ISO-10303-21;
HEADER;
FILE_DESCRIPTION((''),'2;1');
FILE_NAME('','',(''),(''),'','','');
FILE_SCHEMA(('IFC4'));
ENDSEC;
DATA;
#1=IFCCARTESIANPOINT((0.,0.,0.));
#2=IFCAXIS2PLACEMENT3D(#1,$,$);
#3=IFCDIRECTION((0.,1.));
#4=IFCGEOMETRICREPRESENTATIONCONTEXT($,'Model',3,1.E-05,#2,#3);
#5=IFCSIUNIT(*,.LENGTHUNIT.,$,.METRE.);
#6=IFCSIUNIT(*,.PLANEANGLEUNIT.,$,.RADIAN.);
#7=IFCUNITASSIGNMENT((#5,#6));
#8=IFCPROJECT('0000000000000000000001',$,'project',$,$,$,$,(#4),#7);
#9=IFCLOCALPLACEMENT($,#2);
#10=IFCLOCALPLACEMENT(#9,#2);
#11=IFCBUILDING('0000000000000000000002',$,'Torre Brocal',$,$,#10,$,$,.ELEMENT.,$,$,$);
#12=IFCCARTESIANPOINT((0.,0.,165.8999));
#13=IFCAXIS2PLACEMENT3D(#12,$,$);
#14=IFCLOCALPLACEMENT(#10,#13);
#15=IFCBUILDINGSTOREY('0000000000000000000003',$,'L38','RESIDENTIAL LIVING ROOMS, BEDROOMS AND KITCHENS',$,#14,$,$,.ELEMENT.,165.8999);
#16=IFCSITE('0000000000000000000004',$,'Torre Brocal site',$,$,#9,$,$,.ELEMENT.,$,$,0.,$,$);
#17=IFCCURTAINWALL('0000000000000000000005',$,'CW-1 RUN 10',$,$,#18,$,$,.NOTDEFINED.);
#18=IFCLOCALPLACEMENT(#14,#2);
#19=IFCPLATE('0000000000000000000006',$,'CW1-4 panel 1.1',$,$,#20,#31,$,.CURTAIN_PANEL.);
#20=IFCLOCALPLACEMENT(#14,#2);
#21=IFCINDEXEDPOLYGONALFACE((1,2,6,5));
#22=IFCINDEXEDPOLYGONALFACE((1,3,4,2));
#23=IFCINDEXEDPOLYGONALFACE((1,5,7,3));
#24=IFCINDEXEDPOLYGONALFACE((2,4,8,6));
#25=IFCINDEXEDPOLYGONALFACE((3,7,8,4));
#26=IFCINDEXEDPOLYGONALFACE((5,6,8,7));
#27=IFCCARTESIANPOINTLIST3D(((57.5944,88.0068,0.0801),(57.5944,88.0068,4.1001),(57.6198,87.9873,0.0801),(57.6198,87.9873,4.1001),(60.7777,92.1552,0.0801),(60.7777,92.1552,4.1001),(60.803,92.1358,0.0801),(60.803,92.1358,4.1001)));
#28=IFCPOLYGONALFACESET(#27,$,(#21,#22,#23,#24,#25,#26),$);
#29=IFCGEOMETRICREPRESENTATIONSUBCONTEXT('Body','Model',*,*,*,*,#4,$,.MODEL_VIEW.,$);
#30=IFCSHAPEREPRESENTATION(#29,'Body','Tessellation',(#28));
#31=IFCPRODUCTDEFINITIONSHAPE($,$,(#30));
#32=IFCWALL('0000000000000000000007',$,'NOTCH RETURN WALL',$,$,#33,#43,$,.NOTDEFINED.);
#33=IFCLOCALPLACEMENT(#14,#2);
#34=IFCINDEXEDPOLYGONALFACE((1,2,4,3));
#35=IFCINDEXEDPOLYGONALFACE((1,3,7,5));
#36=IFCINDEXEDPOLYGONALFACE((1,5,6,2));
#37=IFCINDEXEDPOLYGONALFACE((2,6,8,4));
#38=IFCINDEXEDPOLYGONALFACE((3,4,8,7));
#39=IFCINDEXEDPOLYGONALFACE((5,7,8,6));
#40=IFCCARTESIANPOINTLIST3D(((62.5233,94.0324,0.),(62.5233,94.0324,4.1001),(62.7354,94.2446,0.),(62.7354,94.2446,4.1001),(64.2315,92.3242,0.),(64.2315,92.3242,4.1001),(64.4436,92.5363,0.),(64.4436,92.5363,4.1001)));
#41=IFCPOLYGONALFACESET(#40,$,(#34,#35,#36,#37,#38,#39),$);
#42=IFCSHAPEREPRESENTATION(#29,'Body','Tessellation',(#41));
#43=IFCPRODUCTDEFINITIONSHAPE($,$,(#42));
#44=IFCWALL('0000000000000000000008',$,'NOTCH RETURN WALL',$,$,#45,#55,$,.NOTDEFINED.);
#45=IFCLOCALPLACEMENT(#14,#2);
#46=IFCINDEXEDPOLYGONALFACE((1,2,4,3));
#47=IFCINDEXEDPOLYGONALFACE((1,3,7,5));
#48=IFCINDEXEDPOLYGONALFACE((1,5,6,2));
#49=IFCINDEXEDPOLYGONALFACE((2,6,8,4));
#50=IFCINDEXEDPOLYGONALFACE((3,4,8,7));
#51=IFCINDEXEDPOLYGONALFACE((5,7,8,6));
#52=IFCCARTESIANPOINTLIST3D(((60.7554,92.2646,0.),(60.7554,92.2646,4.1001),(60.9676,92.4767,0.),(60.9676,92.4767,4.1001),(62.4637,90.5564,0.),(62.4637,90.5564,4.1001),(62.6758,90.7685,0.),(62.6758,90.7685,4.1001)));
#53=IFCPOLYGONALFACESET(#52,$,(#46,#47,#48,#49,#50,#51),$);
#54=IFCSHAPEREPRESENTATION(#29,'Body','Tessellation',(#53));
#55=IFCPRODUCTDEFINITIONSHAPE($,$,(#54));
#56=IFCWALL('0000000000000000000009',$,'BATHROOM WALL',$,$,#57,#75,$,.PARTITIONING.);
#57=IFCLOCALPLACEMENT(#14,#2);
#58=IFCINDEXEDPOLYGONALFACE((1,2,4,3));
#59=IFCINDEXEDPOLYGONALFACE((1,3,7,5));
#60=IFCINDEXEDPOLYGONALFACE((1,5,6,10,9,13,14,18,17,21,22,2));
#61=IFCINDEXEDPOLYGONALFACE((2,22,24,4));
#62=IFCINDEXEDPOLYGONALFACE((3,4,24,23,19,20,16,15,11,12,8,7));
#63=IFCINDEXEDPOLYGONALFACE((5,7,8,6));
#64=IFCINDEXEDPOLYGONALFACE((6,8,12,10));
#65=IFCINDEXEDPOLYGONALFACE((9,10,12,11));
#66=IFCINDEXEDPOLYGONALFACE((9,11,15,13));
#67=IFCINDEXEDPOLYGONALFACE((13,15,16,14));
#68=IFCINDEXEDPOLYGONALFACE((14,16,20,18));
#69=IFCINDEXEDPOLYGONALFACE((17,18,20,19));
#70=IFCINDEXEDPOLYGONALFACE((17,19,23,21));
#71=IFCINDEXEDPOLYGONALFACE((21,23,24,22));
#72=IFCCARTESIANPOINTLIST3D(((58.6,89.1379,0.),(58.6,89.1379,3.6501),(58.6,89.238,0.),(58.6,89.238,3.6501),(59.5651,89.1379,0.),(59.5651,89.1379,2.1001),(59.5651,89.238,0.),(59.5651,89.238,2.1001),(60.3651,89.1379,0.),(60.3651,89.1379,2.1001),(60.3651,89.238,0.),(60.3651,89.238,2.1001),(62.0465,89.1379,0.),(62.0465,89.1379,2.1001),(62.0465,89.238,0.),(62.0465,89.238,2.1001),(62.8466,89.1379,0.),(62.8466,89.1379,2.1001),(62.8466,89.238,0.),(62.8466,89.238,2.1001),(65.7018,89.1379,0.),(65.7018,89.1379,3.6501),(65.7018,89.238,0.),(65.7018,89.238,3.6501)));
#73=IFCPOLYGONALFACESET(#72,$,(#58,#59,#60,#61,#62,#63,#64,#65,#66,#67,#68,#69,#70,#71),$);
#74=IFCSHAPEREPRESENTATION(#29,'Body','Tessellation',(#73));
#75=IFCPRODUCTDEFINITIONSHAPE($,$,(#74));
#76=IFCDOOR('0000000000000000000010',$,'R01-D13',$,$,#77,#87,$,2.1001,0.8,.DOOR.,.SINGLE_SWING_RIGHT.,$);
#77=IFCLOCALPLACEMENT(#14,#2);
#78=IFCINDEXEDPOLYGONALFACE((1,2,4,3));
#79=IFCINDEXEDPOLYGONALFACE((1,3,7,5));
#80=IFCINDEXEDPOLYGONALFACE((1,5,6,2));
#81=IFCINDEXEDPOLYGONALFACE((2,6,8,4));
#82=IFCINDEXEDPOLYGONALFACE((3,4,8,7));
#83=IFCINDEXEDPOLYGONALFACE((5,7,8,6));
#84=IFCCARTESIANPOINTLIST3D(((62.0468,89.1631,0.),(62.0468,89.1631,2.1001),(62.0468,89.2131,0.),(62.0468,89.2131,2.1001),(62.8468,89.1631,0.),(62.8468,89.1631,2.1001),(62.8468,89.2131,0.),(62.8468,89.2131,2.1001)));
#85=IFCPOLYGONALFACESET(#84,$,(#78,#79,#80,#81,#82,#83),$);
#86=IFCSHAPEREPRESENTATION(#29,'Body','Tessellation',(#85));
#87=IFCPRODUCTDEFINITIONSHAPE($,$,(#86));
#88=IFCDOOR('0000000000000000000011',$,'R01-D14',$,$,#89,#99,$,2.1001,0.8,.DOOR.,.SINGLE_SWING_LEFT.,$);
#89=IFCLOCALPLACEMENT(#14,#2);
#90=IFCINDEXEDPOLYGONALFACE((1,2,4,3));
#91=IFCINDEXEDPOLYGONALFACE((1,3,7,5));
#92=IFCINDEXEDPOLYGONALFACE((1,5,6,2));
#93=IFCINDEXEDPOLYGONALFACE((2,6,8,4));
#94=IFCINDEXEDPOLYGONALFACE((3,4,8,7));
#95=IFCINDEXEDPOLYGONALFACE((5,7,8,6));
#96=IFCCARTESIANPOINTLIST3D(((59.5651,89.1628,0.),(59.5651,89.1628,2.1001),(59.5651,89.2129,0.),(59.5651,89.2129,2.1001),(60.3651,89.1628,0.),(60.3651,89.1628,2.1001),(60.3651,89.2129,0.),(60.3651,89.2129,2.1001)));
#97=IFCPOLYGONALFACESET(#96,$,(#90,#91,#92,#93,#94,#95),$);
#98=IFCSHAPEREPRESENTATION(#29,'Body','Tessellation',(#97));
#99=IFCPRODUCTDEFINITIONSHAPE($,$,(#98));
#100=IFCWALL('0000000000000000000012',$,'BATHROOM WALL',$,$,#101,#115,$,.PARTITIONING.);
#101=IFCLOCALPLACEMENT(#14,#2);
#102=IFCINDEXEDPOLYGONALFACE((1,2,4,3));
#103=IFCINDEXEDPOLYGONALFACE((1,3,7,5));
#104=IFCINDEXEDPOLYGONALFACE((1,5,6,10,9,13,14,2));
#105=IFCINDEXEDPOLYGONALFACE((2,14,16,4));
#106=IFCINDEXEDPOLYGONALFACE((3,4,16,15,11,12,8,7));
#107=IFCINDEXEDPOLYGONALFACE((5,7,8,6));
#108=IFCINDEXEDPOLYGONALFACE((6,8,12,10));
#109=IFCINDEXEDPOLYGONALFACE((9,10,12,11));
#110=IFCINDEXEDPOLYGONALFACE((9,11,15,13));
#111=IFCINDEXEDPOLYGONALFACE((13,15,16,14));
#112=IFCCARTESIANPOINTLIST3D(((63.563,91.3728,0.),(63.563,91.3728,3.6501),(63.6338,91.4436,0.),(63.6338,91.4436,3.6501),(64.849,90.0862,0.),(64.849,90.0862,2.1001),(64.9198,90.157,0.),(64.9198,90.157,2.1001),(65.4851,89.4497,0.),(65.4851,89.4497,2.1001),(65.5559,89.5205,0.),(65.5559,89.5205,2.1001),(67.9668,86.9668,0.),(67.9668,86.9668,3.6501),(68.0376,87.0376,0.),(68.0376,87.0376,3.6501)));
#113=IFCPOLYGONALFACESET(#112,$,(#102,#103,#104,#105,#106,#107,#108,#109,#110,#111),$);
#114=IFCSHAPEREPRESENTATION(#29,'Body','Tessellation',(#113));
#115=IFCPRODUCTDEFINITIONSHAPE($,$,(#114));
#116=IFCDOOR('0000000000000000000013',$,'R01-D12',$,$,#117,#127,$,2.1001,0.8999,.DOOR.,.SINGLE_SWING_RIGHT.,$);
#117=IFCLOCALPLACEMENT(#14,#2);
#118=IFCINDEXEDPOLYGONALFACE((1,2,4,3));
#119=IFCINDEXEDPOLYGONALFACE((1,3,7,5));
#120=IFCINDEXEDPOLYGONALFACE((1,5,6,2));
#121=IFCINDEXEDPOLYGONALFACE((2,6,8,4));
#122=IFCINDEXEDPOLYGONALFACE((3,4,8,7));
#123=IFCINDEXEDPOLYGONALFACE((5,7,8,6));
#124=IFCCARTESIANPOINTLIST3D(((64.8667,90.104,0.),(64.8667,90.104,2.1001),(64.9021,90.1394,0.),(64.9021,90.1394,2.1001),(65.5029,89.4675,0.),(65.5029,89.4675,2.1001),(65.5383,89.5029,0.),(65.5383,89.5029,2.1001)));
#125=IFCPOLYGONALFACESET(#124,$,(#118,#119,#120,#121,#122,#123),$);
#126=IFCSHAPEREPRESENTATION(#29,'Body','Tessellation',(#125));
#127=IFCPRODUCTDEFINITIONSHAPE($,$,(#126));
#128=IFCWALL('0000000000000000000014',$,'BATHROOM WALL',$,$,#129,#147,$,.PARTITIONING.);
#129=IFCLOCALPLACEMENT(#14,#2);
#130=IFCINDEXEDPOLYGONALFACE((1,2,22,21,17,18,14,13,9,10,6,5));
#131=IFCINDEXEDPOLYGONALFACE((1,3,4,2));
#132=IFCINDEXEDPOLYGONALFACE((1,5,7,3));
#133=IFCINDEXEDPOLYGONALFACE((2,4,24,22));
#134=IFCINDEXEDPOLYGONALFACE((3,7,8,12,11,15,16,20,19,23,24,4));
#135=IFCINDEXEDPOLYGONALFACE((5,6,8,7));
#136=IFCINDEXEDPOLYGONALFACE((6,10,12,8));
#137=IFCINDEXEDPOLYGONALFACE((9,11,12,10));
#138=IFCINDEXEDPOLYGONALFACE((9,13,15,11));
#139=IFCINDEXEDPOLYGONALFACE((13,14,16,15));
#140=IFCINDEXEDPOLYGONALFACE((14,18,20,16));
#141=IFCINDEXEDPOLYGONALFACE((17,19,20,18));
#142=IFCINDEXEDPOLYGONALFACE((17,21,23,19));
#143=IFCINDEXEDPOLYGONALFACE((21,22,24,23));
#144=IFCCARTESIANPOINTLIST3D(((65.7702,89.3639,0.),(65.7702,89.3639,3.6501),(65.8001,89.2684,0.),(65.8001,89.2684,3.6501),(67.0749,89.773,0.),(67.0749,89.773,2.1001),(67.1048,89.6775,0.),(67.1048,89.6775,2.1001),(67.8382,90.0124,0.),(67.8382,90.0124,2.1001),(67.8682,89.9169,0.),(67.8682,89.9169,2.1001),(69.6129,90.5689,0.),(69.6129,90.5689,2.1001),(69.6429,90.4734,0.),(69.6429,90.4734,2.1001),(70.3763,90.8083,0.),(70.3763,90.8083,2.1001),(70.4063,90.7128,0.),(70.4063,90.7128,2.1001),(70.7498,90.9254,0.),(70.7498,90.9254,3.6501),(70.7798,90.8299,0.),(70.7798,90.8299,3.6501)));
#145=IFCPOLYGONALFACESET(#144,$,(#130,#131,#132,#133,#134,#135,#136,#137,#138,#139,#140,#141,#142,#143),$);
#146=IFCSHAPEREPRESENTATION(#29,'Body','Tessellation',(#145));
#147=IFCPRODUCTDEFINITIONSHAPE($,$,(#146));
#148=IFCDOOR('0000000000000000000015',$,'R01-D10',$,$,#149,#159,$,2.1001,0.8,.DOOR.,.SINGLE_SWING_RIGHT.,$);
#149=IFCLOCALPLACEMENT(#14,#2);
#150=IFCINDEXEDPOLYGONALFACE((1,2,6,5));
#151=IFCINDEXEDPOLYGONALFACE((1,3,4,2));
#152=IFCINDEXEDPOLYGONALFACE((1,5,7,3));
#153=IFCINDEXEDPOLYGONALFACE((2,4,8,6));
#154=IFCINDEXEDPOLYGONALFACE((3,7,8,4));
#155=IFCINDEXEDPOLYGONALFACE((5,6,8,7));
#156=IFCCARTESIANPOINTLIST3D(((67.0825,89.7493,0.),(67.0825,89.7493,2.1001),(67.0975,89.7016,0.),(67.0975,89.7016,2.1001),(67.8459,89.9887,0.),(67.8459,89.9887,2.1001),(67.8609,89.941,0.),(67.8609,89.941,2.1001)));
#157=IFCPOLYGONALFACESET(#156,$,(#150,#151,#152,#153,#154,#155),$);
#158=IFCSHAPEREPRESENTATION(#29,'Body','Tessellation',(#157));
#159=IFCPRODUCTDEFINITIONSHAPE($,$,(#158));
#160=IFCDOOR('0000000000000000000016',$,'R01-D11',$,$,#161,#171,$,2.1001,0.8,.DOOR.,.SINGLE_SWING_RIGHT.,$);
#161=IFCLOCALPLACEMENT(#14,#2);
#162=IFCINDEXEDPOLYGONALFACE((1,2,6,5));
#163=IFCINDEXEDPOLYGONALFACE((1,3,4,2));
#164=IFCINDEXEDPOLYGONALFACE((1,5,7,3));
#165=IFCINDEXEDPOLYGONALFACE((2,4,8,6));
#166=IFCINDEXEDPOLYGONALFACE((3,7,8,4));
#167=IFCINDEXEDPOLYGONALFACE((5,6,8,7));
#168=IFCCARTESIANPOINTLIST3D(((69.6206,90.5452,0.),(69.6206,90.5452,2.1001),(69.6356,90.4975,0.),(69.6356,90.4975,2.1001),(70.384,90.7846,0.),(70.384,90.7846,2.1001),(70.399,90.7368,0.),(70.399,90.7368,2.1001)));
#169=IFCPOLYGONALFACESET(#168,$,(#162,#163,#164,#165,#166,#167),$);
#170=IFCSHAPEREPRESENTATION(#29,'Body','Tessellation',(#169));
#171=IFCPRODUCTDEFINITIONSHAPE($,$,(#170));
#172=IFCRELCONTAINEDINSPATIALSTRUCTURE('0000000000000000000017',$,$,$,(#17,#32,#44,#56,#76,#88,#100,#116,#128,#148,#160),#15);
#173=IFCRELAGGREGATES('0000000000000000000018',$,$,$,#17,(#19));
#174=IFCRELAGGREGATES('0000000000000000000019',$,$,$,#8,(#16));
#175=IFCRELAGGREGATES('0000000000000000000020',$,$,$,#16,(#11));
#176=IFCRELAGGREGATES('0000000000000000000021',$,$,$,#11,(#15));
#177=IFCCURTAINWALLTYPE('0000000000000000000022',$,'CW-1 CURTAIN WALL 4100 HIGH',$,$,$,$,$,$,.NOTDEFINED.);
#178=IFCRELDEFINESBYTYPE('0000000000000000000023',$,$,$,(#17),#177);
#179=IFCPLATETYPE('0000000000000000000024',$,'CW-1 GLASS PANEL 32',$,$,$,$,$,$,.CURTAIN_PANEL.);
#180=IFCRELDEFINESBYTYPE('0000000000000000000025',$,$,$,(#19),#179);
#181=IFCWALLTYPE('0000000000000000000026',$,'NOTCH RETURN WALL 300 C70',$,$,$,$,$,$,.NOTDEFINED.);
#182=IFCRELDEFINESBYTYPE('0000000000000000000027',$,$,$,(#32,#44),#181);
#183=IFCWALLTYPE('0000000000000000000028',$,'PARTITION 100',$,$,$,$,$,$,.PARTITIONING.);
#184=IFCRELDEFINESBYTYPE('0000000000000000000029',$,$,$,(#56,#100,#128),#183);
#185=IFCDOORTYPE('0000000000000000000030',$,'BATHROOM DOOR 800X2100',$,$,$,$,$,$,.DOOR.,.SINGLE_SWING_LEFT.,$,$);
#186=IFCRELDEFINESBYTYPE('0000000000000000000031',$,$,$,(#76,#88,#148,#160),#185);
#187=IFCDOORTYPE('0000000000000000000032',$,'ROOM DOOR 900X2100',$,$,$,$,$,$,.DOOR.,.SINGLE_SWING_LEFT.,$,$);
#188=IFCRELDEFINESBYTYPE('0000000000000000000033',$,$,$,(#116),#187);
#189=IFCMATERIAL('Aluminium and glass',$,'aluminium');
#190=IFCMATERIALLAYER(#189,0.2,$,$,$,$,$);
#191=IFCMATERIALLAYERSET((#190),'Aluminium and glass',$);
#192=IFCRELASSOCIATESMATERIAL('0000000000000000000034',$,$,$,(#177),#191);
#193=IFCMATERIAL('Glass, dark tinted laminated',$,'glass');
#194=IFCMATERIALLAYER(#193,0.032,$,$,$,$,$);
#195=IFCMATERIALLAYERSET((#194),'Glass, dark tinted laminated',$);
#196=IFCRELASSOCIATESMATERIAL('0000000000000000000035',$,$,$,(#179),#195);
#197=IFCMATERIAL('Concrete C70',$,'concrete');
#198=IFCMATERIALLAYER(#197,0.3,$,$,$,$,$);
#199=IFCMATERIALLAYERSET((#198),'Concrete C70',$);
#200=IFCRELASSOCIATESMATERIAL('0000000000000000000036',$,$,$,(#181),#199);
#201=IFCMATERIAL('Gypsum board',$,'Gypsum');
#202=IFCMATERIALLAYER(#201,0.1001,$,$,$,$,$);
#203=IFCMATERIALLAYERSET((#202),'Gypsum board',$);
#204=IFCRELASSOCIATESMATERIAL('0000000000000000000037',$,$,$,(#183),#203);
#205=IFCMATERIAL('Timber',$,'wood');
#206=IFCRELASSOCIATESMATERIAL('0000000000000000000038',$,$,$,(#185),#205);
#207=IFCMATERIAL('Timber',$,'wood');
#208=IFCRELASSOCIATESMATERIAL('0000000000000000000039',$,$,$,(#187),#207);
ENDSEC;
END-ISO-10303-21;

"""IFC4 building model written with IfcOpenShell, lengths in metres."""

from ifc_helpers import new_model, si_unit, direction, frame, frame_2d, origin, origin_2d, place, context, subcontext, project, spatial, rectangle, extrude, material, layer, layer_set, type_object, element, fill, aggregate, save


model = new_model("IFC4")

# Units and contexts
model_context = context("Model", 3, precision=1e-05, world=origin(), true_north=direction((0.0, 1.0)))
body_context = subcontext(model_context, "Body", "Model", "MODEL_VIEW")
ifc_project = project(units=[si_unit("LENGTHUNIT", "METRE"), si_unit("PLANEANGLEUNIT", "RADIAN")], contexts=[model_context])

# Site, building, storey
site_placement = place(None, origin())
site = spatial("IfcSite", under=ifc_project, at=site_placement, Name="Torre Brocal site", CompositionType="ELEMENT", RefElevation=0.0)
building_placement = place(site_placement, origin())
building = spatial("IfcBuilding", under=site, at=building_placement, Name="Torre Brocal", CompositionType="ELEMENT")
storey_placement = place(building_placement, frame((0.0, 0.0, 165.8999)))
storey = spatial("IfcBuildingStorey", under=building, at=storey_placement, Name="L38", Description="RESIDENTIAL LIVING ROOMS, BEDROOMS AND KITCHENS", CompositionType="ELEMENT", Elevation=165.8999)

# Shared definitions
ifc_material_1 = material(Name="Aluminium and glass", Category="aluminium")
ifc_layer_1 = layer(ifc_material_1, 0.2)
ifc_layer_set_1 = layer_set([ifc_layer_1], Name="Aluminium and glass")
curtain_wall_type = type_object("IfcCurtainWallType", Name="CW-1 CURTAIN WALL 4100 HIGH", PredefinedType="NOTDEFINED", material=ifc_layer_set_1)

# Curtain wall
curtain_wall_1_placement = place(storey_placement, origin())
curtain_wall_1 = element("IfcCurtainWall", 1, at=curtain_wall_1_placement, inside=storey, type_object=curtain_wall_type, Name="CW-1 RUN 10", PredefinedType="NOTDEFINED")

# Plate
ifc_material_2 = material(Name="Glass, dark tinted laminated", Category="glass")
ifc_layer_2 = layer(ifc_material_2, 0.032)
ifc_layer_set_2 = layer_set([ifc_layer_2], Name="Glass, dark tinted laminated")
plate_type = type_object("IfcPlateType", Name="CW-1 GLASS PANEL 32", PredefinedType="CURTAIN_PANEL", material=ifc_layer_set_2)
plate_1_placement = place(storey_placement, frame((59.1987, 90.0713, 0.0801), z_axis=(0.0, 0.0, 1.0), x_axis=(-0.608761, -0.793353, 0.0)))
plate_1 = element("IfcPlate", 2, at=plate_1_placement, type_object=plate_type, Name="CW1-4 panel 1.1", PredefinedType="CURTAIN_PANEL", context=body_context, shape_type="SweptSolid", body=[
    extrude(rectangle(XDim=5.229, YDim=0.032, at=origin_2d()), origin(), (0.0, 0.0, 1.0), 4.02),
])
aggregate(curtain_wall_1, [plate_1])

# Walls
ifc_material_3 = material(Name="Concrete C70", Category="concrete")
ifc_layer_3 = layer(ifc_material_3, 0.3)
ifc_layer_set_3 = layer_set([ifc_layer_3], Name="Concrete C70")
wall_type_1 = type_object("IfcWallType", Name="NOTCH RETURN WALL 300 C70", PredefinedType="NOTDEFINED", material=ifc_layer_set_3)
for number, where, z_axis, x_axis, name in (
    (3, (64.3376, 92.4302, 0.0), (0.0, 0.0, 1.0), (-0.707107, 0.707107, 0.0), "NOTCH RETURN WALL"),
    (4, (62.5698, 90.6624, 0.0), (0.0, 0.0, 1.0), (-0.707107, 0.707107, 0.0), "NOTCH RETURN WALL"),
):
    element("IfcWall", number, at=place(storey_placement, frame(where, z_axis=z_axis, x_axis=x_axis)), inside=storey, type_object=wall_type_1, Name=name, PredefinedType="NOTDEFINED", context=body_context, shape_type="SweptSolid", body=[
        extrude(rectangle(XDim=2.4158, YDim=0.3, at=frame_2d((1.208, 0.0))), origin(), (0.0, 0.0, 1.0), 4.1001),
    ])

# Wall, openings, doors
ifc_material_4 = material(Name="Gypsum board", Category="Gypsum")
ifc_layer_4 = layer(ifc_material_4, 0.1001)
ifc_layer_set_4 = layer_set([ifc_layer_4], Name="Gypsum board")
wall_type_2 = type_object("IfcWallType", Name="PARTITION 100", PredefinedType="PARTITIONING", material=ifc_layer_set_4)
wall_1_placement = place(storey_placement, frame((58.6001, 89.188, 0.0), z_axis=(0.0, 0.0, 1.0), x_axis=(1.0, 0.0, 0.0)))
wall_1 = element("IfcWall", 5, at=wall_1_placement, inside=storey, type_object=wall_type_2, Name="BATHROOM WALL", PredefinedType="PARTITIONING", context=body_context, shape_type="SweptSolid", body=[
    extrude(rectangle(XDim=7.1018, YDim=0.1001, at=frame_2d((3.5508, 0.0))), origin(), (0.0, 0.0, 1.0), 3.6501),
])
opening_1_placement = place(wall_1_placement, frame((3.4465, 0.0, 0.0)))
opening_1 = element("IfcOpeningElement", 6, at=opening_1_placement, cuts=wall_1, PredefinedType="OPENING", context=body_context, shape_type="SweptSolid", body=[
    extrude(rectangle(XDim=0.8, YDim=2.1001, at=frame_2d((0.3999, 1.05))), frame((0.0, 0.0601, 0.0), z_axis=(0.0, -1.0, 0.0), x_axis=(1.0, 0.0, 0.0)), (0.0, 0.0, 1.0), 0.1201),
])
opening_2_placement = place(wall_1_placement, frame((0.9651, 0.0, 0.0)))
opening_2 = element("IfcOpeningElement", 7, at=opening_2_placement, cuts=wall_1, PredefinedType="OPENING", context=body_context, shape_type="SweptSolid", body=[
    extrude(rectangle(XDim=0.8, YDim=2.1001, at=frame_2d((0.3999, 1.05))), frame((0.0, 0.0601, 0.0), z_axis=(0.0, -1.0, 0.0), x_axis=(1.0, 0.0, 0.0)), (0.0, 0.0, 1.0), 0.1201),
])
ifc_material_5 = material(Name="Timber", Category="wood")
door_type_1 = type_object("IfcDoorType", Name="BATHROOM DOOR 800X2100", OperationType="SINGLE_SWING_LEFT", PredefinedType="DOOR", material=ifc_material_5)
door_1_placement = place(opening_1_placement, frame((0.8, 0.0, 0.0), z_axis=(0.0, 0.0, 1.0), x_axis=(-1.0, 0.0, 0.0)))
door_1 = element("IfcDoor", 8, at=door_1_placement, inside=storey, type_object=door_type_1, Name="R01-D13", OperationType="SINGLE_SWING_RIGHT", OverallHeight=2.1001, OverallWidth=0.8, PredefinedType="DOOR", context=body_context, shape_type="SweptSolid", body=[
    extrude(rectangle(XDim=0.8, YDim=2.1001, at=frame_2d((0.3999, 1.05))), frame((0.0, 0.0249, 0.0), z_axis=(0.0, -1.0, 0.0), x_axis=(1.0, 0.0, 0.0)), (0.0, 0.0, 1.0), 0.05),
])
fill(opening_1, door_1)
door_2_placement = place(opening_2_placement, origin())
door_2 = element("IfcDoor", 9, at=door_2_placement, inside=storey, type_object=door_type_1, Name="R01-D14", OperationType="SINGLE_SWING_LEFT", OverallHeight=2.1001, OverallWidth=0.8, PredefinedType="DOOR", context=body_context, shape_type="SweptSolid", body=[
    extrude(rectangle(XDim=0.8, YDim=2.1001, at=frame_2d((0.3999, 1.05))), frame((0.0, 0.0249, 0.0), z_axis=(0.0, -1.0, 0.0), x_axis=(1.0, 0.0, 0.0)), (0.0, 0.0, 1.0), 0.05),
])
fill(opening_2, door_2)

# Wall, opening, door
wall_2_placement = place(storey_placement, frame((63.5984, 91.4082, 0.0), z_axis=(0.0, 0.0, 1.0), x_axis=(0.70693, -0.707283, 0.0)))
wall_2 = element("IfcWall", 10, at=wall_2_placement, inside=storey, type_object=wall_type_2, Name="BATHROOM WALL", PredefinedType="PARTITIONING", context=body_context, shape_type="SweptSolid", body=[
    extrude(rectangle(XDim=6.2295, YDim=0.1001, at=frame_2d((3.1147, 0.0))), origin(), (0.0, 0.0, 1.0), 3.6501),
])
opening_3_placement = place(wall_2_placement, frame((1.8191, 0.0, 0.0)))
opening_3 = element("IfcOpeningElement", 11, at=opening_3_placement, cuts=wall_2, PredefinedType="OPENING", context=body_context, shape_type="SweptSolid", body=[
    extrude(rectangle(XDim=0.8999, YDim=2.1001, at=frame_2d((0.45, 1.05))), frame((0.0, 0.0601, 0.0), z_axis=(0.0, -1.0, 0.0), x_axis=(1.0, 0.0, 0.0)), (0.0, 0.0, 1.0), 0.1201),
])
ifc_material_6 = material(Name="Timber", Category="wood")
door_type_2 = type_object("IfcDoorType", Name="ROOM DOOR 900X2100", OperationType="SINGLE_SWING_LEFT", PredefinedType="DOOR", material=ifc_material_6)
door_3_placement = place(opening_3_placement, frame((0.8999, 0.0, 0.0), z_axis=(0.0, 0.0, 1.0), x_axis=(-1.0, 0.0, 0.0)))
door_3 = element("IfcDoor", 12, at=door_3_placement, inside=storey, type_object=door_type_2, Name="R01-D12", OperationType="SINGLE_SWING_RIGHT", OverallHeight=2.1001, OverallWidth=0.8999, PredefinedType="DOOR", context=body_context, shape_type="SweptSolid", body=[
    extrude(rectangle(XDim=0.8999, YDim=2.1001, at=frame_2d((0.45, 1.05))), frame((0.0, 0.0249, 0.0), z_axis=(0.0, -1.0, 0.0), x_axis=(1.0, 0.0, 0.0)), (0.0, 0.0, 1.0), 0.05),
])
fill(opening_3, door_3)

# Wall, openings, doors
wall_3_placement = place(storey_placement, frame((65.7852, 89.3162, 0.0), z_axis=(0.0, 0.0, 1.0), x_axis=(0.954187, 0.29921, 0.0)))
wall_3 = element("IfcWall", 13, at=wall_3_placement, inside=storey, type_object=wall_type_2, Name="BATHROOM WALL", PredefinedType="PARTITIONING", context=body_context, shape_type="SweptSolid", body=[
    extrude(rectangle(XDim=5.2188, YDim=0.1001, at=frame_2d((2.6094, 0.0))), origin(), (0.0, 0.0, 1.0), 3.6501),
])
opening_4_placement = place(wall_3_placement, frame((1.3674, 0.0, 0.0)))
opening_4 = element("IfcOpeningElement", 14, at=opening_4_placement, cuts=wall_3, PredefinedType="OPENING", context=body_context, shape_type="SweptSolid", body=[
    extrude(rectangle(XDim=0.8, YDim=2.1001, at=frame_2d((0.3999, 1.05))), frame((0.0, 0.0601, 0.0), z_axis=(0.0, -1.0, 0.0), x_axis=(1.0, 0.0, 0.0)), (0.0, 0.0, 1.0), 0.1201),
])
opening_5_placement = place(wall_3_placement, frame((4.0273, 0.0, 0.0)))
opening_5 = element("IfcOpeningElement", 15, at=opening_5_placement, cuts=wall_3, PredefinedType="OPENING", context=body_context, shape_type="SweptSolid", body=[
    extrude(rectangle(XDim=0.8, YDim=2.1001, at=frame_2d((0.3999, 1.05))), frame((0.0, 0.0601, 0.0), z_axis=(0.0, -1.0, 0.0), x_axis=(1.0, 0.0, 0.0)), (0.0, 0.0, 1.0), 0.1201),
])
door_4_placement = place(opening_4_placement, frame((0.8, 0.0, 0.0), z_axis=(0.0, 0.0, 1.0), x_axis=(-1.0, 0.0, 0.0)))
door_4 = element("IfcDoor", 16, at=door_4_placement, inside=storey, type_object=door_type_1, Name="R01-D10", OperationType="SINGLE_SWING_RIGHT", OverallHeight=2.1001, OverallWidth=0.8, PredefinedType="DOOR", context=body_context, shape_type="SweptSolid", body=[
    extrude(rectangle(XDim=0.8, YDim=2.1001, at=frame_2d((0.3999, 1.05))), frame((0.0, 0.0249, 0.0), z_axis=(0.0, -1.0, 0.0), x_axis=(1.0, 0.0, 0.0)), (0.0, 0.0, 1.0), 0.05),
])
fill(opening_4, door_4)
door_5_placement = place(opening_5_placement, frame((0.8, 0.0, 0.0), z_axis=(0.0, 0.0, 1.0), x_axis=(-1.0, 0.0, 0.0)))
door_5 = element("IfcDoor", 17, at=door_5_placement, inside=storey, type_object=door_type_1, Name="R01-D11", OperationType="SINGLE_SWING_RIGHT", OverallHeight=2.1001, OverallWidth=0.8, PredefinedType="DOOR", context=body_context, shape_type="SweptSolid", body=[
    extrude(rectangle(XDim=0.8, YDim=2.1001, at=frame_2d((0.3999, 1.05))), frame((0.0, 0.0249, 0.0), z_axis=(0.0, -1.0, 0.0), x_axis=(1.0, 0.0, 0.0)), (0.0, 0.0, 1.0), 0.05),
])
fill(opening_5, door_5)

save(model, "model.ifc")
